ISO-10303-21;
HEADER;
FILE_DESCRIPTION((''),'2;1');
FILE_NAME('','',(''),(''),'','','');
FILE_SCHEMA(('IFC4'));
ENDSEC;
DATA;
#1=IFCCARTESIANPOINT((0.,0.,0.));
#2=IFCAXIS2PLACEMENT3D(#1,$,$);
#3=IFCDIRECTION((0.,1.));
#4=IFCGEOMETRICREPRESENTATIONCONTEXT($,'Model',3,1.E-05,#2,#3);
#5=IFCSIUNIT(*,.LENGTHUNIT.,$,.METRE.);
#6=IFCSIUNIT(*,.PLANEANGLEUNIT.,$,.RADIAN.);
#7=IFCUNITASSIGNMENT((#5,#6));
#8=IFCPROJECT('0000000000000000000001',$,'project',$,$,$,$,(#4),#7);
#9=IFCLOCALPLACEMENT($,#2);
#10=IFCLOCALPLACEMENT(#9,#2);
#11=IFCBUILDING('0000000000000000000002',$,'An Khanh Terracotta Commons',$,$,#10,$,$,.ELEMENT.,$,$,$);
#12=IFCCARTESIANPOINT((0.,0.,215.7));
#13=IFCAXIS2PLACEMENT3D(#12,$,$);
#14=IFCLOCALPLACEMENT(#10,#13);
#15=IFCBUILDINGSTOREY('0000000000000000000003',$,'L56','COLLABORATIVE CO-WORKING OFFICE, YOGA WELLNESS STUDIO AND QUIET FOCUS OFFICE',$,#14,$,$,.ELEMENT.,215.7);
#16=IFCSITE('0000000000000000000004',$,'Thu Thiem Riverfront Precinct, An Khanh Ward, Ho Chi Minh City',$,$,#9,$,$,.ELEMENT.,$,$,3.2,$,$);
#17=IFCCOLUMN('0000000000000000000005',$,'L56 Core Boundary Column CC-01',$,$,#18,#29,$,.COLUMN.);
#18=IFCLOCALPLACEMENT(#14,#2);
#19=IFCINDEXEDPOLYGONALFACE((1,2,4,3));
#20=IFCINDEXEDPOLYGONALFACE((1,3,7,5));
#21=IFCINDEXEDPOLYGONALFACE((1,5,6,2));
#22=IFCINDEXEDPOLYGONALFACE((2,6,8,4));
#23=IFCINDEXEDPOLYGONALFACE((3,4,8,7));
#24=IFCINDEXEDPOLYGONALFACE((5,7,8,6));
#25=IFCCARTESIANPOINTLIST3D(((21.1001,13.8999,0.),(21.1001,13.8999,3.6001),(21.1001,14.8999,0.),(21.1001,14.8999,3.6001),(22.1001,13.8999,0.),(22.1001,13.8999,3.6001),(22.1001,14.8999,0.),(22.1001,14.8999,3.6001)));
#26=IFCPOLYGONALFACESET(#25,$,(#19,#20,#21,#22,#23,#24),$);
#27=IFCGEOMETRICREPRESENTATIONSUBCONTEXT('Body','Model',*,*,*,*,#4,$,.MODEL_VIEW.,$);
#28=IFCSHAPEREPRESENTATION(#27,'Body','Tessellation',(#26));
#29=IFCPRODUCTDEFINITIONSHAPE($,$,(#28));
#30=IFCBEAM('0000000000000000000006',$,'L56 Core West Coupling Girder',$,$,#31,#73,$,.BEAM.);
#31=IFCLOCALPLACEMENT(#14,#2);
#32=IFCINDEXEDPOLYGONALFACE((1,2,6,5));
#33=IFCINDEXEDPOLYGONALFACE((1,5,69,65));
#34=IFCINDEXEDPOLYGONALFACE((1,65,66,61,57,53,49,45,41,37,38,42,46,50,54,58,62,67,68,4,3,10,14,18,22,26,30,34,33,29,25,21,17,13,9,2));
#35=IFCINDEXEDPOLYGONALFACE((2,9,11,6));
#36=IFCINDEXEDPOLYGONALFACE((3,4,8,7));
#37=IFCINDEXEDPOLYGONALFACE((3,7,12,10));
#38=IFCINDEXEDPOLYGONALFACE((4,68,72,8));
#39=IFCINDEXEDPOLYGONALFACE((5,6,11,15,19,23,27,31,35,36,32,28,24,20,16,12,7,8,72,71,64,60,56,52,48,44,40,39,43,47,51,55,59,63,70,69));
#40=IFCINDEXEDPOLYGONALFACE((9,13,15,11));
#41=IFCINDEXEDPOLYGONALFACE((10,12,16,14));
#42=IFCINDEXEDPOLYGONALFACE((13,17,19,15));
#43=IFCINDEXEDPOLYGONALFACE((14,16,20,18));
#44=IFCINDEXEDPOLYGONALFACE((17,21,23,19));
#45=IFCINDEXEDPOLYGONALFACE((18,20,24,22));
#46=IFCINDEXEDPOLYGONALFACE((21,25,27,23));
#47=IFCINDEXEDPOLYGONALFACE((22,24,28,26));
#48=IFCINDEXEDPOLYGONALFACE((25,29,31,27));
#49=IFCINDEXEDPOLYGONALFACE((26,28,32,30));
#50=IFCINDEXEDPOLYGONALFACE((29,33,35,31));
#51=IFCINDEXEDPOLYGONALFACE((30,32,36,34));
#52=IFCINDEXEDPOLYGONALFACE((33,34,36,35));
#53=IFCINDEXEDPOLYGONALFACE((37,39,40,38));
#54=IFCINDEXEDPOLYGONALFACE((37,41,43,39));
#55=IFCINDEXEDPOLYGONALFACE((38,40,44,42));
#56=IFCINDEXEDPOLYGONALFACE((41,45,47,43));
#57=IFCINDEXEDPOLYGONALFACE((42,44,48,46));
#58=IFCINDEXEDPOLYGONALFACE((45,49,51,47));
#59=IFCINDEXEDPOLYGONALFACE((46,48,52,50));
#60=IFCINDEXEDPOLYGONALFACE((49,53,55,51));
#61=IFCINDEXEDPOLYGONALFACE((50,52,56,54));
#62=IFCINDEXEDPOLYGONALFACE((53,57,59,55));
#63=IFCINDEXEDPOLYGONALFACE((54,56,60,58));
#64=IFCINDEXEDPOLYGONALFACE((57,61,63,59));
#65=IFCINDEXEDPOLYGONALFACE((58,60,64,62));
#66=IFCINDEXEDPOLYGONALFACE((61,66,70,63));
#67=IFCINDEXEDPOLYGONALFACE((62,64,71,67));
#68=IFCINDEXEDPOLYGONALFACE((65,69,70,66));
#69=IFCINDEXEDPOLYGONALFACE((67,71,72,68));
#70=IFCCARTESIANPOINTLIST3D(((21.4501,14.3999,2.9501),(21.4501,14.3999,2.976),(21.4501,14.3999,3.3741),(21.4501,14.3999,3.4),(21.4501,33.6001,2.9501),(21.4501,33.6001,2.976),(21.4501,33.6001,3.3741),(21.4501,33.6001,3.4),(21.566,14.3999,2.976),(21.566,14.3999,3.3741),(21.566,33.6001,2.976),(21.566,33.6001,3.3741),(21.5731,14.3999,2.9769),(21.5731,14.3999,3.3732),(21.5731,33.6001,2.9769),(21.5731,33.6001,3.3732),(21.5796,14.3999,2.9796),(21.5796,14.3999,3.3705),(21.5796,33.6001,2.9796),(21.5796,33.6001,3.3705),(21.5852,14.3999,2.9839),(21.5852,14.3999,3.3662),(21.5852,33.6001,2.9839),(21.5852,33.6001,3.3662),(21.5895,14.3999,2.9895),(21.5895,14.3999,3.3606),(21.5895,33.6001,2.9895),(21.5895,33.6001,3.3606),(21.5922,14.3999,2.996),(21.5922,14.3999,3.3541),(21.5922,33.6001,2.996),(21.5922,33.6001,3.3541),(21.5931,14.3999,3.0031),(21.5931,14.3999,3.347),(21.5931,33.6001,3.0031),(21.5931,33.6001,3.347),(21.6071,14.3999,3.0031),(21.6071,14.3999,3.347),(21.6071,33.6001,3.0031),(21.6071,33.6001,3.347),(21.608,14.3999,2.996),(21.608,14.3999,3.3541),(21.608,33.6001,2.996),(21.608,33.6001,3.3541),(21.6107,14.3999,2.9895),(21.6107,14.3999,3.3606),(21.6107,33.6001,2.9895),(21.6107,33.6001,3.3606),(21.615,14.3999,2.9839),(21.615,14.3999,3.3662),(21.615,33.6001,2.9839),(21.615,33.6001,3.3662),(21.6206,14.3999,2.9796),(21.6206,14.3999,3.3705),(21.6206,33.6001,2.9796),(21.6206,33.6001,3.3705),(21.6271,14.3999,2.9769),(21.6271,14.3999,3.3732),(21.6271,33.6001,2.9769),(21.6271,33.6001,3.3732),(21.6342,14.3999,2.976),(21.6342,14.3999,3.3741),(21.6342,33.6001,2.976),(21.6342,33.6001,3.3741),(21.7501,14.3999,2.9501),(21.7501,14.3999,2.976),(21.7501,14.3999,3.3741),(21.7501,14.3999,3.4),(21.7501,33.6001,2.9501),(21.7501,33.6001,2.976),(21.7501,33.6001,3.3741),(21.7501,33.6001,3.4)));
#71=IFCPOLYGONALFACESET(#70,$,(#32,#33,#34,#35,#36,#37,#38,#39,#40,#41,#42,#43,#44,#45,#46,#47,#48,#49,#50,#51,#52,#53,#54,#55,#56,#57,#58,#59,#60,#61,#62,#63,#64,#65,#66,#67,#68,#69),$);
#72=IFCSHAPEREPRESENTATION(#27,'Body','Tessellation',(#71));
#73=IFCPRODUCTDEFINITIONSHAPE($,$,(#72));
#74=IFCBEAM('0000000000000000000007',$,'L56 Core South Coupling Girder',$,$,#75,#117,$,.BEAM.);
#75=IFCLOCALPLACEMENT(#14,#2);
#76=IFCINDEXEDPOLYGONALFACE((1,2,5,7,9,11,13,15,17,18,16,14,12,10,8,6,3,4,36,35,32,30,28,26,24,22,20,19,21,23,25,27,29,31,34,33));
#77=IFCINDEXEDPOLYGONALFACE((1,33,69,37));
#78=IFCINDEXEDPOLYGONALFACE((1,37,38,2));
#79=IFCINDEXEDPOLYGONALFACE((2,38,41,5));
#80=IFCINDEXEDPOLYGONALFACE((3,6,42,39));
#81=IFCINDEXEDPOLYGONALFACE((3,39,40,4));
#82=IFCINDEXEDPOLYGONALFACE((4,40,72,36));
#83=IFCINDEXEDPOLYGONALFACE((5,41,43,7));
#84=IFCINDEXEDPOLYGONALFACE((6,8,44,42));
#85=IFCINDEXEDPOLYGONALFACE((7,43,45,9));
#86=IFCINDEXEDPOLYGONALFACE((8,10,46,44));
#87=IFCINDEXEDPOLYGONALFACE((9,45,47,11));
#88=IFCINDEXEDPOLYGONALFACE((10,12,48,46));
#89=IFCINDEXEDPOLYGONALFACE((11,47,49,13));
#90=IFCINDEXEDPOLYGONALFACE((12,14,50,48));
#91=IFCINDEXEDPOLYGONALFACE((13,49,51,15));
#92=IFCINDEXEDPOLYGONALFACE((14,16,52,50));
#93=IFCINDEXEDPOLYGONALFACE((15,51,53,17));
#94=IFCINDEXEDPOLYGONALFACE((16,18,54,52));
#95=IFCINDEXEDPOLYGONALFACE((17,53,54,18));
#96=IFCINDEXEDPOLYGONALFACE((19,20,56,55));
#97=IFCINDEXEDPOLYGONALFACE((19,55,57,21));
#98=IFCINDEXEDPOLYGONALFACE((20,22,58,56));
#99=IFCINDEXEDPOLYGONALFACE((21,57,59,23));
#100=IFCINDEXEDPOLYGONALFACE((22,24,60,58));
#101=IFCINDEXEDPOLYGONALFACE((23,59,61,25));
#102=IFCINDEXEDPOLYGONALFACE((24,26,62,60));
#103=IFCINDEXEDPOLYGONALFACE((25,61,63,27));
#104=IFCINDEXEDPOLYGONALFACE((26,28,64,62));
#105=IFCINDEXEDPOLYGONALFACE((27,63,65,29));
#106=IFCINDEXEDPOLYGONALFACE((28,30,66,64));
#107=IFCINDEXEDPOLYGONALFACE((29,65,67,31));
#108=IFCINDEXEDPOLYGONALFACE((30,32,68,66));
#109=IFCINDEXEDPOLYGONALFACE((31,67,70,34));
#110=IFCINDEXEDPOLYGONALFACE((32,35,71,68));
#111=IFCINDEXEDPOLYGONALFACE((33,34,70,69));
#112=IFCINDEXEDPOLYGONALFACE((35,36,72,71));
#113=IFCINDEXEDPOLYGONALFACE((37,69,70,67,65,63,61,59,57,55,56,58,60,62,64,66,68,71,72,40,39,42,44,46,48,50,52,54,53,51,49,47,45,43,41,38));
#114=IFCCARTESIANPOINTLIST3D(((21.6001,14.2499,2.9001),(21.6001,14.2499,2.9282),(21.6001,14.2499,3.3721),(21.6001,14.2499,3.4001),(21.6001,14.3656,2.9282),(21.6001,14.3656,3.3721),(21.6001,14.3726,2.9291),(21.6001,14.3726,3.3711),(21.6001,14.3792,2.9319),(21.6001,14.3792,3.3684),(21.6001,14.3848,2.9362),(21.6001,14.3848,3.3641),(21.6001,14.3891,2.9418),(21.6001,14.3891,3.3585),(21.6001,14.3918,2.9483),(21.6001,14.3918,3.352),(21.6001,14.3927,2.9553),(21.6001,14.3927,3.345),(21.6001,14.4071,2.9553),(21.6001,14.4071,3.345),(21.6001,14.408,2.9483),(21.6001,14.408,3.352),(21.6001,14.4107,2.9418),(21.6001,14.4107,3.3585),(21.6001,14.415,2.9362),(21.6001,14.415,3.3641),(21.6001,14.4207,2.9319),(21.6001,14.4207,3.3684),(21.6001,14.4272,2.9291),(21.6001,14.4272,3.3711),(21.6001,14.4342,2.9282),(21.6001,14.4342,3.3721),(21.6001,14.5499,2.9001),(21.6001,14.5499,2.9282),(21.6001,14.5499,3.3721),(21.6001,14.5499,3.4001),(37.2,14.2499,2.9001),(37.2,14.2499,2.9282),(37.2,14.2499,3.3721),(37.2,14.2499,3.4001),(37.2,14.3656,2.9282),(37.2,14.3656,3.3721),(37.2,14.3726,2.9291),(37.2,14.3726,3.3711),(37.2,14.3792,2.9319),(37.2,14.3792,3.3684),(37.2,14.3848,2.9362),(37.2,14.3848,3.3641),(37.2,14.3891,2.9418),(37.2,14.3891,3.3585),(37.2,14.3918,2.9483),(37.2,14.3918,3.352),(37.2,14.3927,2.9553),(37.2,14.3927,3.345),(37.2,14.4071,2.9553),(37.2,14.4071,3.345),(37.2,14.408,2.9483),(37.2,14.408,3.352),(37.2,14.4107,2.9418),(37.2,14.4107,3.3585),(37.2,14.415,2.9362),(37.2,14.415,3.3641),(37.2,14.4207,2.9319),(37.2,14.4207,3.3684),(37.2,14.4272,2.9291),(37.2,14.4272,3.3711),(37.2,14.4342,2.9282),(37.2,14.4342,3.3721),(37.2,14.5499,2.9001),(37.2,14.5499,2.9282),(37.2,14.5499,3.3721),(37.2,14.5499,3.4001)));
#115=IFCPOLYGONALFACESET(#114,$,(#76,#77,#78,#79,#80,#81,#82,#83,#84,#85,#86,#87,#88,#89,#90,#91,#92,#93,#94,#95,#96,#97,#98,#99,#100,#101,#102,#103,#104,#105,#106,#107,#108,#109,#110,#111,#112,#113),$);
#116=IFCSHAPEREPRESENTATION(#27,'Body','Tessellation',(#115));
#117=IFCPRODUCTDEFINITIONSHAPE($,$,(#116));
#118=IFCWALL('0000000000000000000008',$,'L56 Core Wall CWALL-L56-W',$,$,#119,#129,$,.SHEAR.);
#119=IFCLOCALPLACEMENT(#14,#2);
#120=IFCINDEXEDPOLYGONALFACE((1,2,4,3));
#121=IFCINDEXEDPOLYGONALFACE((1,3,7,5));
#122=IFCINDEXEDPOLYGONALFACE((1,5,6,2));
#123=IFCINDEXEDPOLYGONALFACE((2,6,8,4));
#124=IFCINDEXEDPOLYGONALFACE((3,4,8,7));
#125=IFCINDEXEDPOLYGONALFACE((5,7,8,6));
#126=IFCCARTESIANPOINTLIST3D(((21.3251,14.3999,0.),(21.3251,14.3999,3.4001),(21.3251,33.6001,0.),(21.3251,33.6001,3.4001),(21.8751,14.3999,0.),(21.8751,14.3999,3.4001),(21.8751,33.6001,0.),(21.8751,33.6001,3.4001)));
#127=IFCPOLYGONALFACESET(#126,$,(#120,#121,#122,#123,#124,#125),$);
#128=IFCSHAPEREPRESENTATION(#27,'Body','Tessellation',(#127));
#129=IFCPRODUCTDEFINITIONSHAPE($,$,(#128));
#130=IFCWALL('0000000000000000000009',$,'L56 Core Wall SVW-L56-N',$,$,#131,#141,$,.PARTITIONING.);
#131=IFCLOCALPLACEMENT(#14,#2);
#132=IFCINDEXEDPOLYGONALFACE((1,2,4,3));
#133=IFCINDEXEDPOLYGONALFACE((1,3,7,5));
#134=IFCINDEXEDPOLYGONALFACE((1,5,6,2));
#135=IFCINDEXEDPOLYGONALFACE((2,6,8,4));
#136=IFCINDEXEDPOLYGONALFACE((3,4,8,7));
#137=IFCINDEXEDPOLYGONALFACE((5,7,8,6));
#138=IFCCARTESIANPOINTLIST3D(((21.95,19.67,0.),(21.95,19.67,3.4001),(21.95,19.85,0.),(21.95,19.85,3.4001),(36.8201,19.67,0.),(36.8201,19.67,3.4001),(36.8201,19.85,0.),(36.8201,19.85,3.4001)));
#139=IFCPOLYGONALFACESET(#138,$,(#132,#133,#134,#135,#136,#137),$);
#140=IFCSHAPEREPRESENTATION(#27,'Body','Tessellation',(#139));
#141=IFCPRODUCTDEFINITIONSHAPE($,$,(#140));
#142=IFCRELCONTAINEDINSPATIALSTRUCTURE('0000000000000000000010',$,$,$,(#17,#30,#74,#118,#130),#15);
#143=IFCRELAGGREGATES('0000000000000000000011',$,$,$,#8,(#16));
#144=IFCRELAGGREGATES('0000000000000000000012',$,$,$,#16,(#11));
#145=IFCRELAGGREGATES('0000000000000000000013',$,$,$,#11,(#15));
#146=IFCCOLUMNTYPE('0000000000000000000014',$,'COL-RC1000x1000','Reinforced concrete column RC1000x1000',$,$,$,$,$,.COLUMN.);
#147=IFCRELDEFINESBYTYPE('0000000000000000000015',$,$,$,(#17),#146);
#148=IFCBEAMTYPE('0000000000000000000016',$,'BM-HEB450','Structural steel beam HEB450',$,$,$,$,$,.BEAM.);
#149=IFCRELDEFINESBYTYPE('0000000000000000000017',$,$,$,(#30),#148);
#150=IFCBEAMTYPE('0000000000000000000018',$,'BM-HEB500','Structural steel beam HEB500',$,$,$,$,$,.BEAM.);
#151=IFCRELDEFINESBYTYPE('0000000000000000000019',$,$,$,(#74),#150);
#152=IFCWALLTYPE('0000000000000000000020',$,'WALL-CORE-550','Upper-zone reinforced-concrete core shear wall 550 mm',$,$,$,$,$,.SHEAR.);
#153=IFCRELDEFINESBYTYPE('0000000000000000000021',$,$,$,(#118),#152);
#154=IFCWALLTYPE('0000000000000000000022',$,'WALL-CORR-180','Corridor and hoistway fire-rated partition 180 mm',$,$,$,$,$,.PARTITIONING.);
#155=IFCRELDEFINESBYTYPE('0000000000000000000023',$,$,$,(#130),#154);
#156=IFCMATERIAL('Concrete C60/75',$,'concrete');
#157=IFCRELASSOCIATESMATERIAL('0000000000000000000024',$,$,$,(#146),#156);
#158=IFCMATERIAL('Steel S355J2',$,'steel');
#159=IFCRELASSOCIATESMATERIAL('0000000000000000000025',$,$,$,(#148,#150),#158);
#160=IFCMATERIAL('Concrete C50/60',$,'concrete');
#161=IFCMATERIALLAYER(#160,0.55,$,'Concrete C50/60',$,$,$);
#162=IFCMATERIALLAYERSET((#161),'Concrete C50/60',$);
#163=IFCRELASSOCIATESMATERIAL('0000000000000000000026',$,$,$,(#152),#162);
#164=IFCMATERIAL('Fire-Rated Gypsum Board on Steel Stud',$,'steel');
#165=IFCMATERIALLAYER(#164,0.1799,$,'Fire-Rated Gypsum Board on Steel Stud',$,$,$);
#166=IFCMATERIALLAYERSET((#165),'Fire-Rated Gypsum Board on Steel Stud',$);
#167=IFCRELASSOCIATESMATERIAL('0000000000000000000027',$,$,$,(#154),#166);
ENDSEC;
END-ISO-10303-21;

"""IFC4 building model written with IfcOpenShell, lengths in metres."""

from ifc_helpers import new_model, si_unit, direction, frame, frame_2d, origin, origin_2d, place, context, subcontext, project, spatial, rectangle, i_section, extrude, material, layer, layer_set, material_profile, profile_set, type_object, element, save


model = new_model("IFC4")

# Units and contexts
model_context = context("Model", 3, precision=1e-05, world=origin(), true_north=direction((0.0, 1.0)))
body_context = subcontext(model_context, "Body", "Model", "MODEL_VIEW")
ifc_project = project(units=[si_unit("LENGTHUNIT", "METRE"), si_unit("PLANEANGLEUNIT", "RADIAN")], contexts=[model_context])

# Site, building, storey
site_placement = place(None, origin())
site = spatial("IfcSite", under=ifc_project, at=site_placement, Name="Thu Thiem Riverfront Precinct, An Khanh Ward, Ho Chi Minh City", CompositionType="ELEMENT", RefElevation=3.2)
building_placement = place(site_placement, origin())
building = spatial("IfcBuilding", under=site, at=building_placement, Name="An Khanh Terracotta Commons", CompositionType="ELEMENT")
storey_placement = place(building_placement, frame((0.0, 0.0, 215.7)))
storey = spatial("IfcBuildingStorey", under=building, at=storey_placement, Name="L56", Description="COLLABORATIVE CO-WORKING OFFICE, YOGA WELLNESS STUDIO AND QUIET FOCUS OFFICE", CompositionType="ELEMENT", Elevation=215.7)

# Column
ifc_material_1 = material(Name="Concrete C60/75", Category="concrete")
ifc_material_profile_1 = material_profile(ifc_material_1, rectangle(XDim=1.0, YDim=1.0, at=origin_2d()), Name="RC1000x1000")
ifc_profile_set_1 = profile_set([ifc_material_profile_1], Name="Concrete C60/75")
column_type = type_object("IfcColumnType", Name="COL-RC1000x1000", Description="Reinforced concrete column RC1000x1000", PredefinedType="COLUMN", material=ifc_profile_set_1)
column_placement = place(storey_placement, frame((21.6001, 14.3999, 0.0), z_axis=(0.0, 0.0, 1.0), x_axis=(1.0, 0.0, 0.0)))
element("IfcColumn", 1, at=column_placement, inside=storey, type_object=column_type, Name="L56 Core Boundary Column CC-01", PredefinedType="COLUMN", context=body_context, shape_type="SweptSolid", body=[
    extrude(rectangle(XDim=1.0, YDim=1.0, at=origin_2d()), origin(), (0.0, 0.0, 1.0), 3.6001),
])

# Beams
ifc_material_2 = material(Name="Steel S355J2", Category="steel")
ifc_material_profile_2 = material_profile(ifc_material_2, i_section(OverallWidth=0.3, OverallDepth=0.45, WebThickness=0.0139, FlangeThickness=0.0259, FilletRadius=0.0271, at=origin_2d()), Name="HEB450")
ifc_profile_set_2 = profile_set([ifc_material_profile_2], Name="Steel S355J2")
beam_type_1 = type_object("IfcBeamType", Name="BM-HEB450", Description="Structural steel beam HEB450", PredefinedType="BEAM", material=ifc_profile_set_2)
beam_1_placement = place(storey_placement, frame((21.6001, 14.3999, 3.175), z_axis=(0.0, 1.0, 0.0), x_axis=(-1.0, 0.0, 0.0)))
element("IfcBeam", 2, at=beam_1_placement, inside=storey, type_object=beam_type_1, Name="L56 Core West Coupling Girder", PredefinedType="BEAM", context=body_context, shape_type="SweptSolid", body=[
    extrude(i_section(OverallWidth=0.3, OverallDepth=0.45, WebThickness=0.0139, FlangeThickness=0.0259, FilletRadius=0.0271, at=origin_2d()), origin(), (0.0, 0.0, 1.0), 19.2002),
])
ifc_material_profile_3 = material_profile(ifc_material_2, i_section(OverallWidth=0.3, OverallDepth=0.5, WebThickness=0.0144, FlangeThickness=0.0281, FilletRadius=0.0271, at=origin_2d()), Name="HEB500")
ifc_profile_set_3 = profile_set([ifc_material_profile_3], Name="Steel S355J2")
beam_type_2 = type_object("IfcBeamType", Name="BM-HEB500", Description="Structural steel beam HEB500", PredefinedType="BEAM", material=ifc_profile_set_3)
beam_2_placement = place(storey_placement, frame((21.6001, 14.3999, 3.1501), z_axis=(1.0, 0.0, 0.0), x_axis=(0.0, 1.0, 0.0)))
element("IfcBeam", 3, at=beam_2_placement, inside=storey, type_object=beam_type_2, Name="L56 Core South Coupling Girder", PredefinedType="BEAM", context=body_context, shape_type="SweptSolid", body=[
    extrude(i_section(OverallWidth=0.3, OverallDepth=0.5, WebThickness=0.0144, FlangeThickness=0.0281, FilletRadius=0.0271, at=origin_2d()), origin(), (0.0, 0.0, 1.0), 15.5999),
])

# Walls
ifc_material_3 = material(Name="Concrete C50/60", Category="concrete")
ifc_layer_1 = layer(ifc_material_3, 0.55, Name="Concrete C50/60")
ifc_layer_set_1 = layer_set([ifc_layer_1], Name="Concrete C50/60")
wall_type_1 = type_object("IfcWallType", Name="WALL-CORE-550", Description="Upper-zone reinforced-concrete core shear wall 550 mm", PredefinedType="SHEAR", material=ifc_layer_set_1)
wall_1_placement = place(storey_placement, frame((21.6001, 14.3999, 0.0), z_axis=(0.0, 0.0, 1.0), x_axis=(0.0, 1.0, 0.0)))
element("IfcWall", 4, at=wall_1_placement, inside=storey, type_object=wall_type_1, Name="L56 Core Wall CWALL-L56-W", PredefinedType="SHEAR", context=body_context, shape_type="SweptSolid", body=[
    extrude(rectangle(XDim=19.2002, YDim=0.55, at=frame_2d((9.6001, 0.0))), origin(), (0.0, 0.0, 1.0), 3.4001),
])
ifc_material_4 = material(Name="Fire-Rated Gypsum Board on Steel Stud", Category="steel")
ifc_layer_2 = layer(ifc_material_4, 0.1799, Name="Fire-Rated Gypsum Board on Steel Stud")
ifc_layer_set_2 = layer_set([ifc_layer_2], Name="Fire-Rated Gypsum Board on Steel Stud")
wall_type_2 = type_object("IfcWallType", Name="WALL-CORR-180", Description="Corridor and hoistway fire-rated partition 180 mm", PredefinedType="PARTITIONING", material=ifc_layer_set_2)
wall_2_placement = place(storey_placement, frame((21.95, 19.76, 0.0), z_axis=(0.0, 0.0, 1.0), x_axis=(1.0, 0.0, 0.0)))
element("IfcWall", 5, at=wall_2_placement, inside=storey, type_object=wall_type_2, Name="L56 Core Wall SVW-L56-N", PredefinedType="PARTITIONING", context=body_context, shape_type="SweptSolid", body=[
    extrude(rectangle(XDim=14.8701, YDim=0.1799, at=frame_2d((7.4351, 0.0))), origin(), (0.0, 0.0, 1.0), 3.4001),
])

save(model, "model.ifc")
